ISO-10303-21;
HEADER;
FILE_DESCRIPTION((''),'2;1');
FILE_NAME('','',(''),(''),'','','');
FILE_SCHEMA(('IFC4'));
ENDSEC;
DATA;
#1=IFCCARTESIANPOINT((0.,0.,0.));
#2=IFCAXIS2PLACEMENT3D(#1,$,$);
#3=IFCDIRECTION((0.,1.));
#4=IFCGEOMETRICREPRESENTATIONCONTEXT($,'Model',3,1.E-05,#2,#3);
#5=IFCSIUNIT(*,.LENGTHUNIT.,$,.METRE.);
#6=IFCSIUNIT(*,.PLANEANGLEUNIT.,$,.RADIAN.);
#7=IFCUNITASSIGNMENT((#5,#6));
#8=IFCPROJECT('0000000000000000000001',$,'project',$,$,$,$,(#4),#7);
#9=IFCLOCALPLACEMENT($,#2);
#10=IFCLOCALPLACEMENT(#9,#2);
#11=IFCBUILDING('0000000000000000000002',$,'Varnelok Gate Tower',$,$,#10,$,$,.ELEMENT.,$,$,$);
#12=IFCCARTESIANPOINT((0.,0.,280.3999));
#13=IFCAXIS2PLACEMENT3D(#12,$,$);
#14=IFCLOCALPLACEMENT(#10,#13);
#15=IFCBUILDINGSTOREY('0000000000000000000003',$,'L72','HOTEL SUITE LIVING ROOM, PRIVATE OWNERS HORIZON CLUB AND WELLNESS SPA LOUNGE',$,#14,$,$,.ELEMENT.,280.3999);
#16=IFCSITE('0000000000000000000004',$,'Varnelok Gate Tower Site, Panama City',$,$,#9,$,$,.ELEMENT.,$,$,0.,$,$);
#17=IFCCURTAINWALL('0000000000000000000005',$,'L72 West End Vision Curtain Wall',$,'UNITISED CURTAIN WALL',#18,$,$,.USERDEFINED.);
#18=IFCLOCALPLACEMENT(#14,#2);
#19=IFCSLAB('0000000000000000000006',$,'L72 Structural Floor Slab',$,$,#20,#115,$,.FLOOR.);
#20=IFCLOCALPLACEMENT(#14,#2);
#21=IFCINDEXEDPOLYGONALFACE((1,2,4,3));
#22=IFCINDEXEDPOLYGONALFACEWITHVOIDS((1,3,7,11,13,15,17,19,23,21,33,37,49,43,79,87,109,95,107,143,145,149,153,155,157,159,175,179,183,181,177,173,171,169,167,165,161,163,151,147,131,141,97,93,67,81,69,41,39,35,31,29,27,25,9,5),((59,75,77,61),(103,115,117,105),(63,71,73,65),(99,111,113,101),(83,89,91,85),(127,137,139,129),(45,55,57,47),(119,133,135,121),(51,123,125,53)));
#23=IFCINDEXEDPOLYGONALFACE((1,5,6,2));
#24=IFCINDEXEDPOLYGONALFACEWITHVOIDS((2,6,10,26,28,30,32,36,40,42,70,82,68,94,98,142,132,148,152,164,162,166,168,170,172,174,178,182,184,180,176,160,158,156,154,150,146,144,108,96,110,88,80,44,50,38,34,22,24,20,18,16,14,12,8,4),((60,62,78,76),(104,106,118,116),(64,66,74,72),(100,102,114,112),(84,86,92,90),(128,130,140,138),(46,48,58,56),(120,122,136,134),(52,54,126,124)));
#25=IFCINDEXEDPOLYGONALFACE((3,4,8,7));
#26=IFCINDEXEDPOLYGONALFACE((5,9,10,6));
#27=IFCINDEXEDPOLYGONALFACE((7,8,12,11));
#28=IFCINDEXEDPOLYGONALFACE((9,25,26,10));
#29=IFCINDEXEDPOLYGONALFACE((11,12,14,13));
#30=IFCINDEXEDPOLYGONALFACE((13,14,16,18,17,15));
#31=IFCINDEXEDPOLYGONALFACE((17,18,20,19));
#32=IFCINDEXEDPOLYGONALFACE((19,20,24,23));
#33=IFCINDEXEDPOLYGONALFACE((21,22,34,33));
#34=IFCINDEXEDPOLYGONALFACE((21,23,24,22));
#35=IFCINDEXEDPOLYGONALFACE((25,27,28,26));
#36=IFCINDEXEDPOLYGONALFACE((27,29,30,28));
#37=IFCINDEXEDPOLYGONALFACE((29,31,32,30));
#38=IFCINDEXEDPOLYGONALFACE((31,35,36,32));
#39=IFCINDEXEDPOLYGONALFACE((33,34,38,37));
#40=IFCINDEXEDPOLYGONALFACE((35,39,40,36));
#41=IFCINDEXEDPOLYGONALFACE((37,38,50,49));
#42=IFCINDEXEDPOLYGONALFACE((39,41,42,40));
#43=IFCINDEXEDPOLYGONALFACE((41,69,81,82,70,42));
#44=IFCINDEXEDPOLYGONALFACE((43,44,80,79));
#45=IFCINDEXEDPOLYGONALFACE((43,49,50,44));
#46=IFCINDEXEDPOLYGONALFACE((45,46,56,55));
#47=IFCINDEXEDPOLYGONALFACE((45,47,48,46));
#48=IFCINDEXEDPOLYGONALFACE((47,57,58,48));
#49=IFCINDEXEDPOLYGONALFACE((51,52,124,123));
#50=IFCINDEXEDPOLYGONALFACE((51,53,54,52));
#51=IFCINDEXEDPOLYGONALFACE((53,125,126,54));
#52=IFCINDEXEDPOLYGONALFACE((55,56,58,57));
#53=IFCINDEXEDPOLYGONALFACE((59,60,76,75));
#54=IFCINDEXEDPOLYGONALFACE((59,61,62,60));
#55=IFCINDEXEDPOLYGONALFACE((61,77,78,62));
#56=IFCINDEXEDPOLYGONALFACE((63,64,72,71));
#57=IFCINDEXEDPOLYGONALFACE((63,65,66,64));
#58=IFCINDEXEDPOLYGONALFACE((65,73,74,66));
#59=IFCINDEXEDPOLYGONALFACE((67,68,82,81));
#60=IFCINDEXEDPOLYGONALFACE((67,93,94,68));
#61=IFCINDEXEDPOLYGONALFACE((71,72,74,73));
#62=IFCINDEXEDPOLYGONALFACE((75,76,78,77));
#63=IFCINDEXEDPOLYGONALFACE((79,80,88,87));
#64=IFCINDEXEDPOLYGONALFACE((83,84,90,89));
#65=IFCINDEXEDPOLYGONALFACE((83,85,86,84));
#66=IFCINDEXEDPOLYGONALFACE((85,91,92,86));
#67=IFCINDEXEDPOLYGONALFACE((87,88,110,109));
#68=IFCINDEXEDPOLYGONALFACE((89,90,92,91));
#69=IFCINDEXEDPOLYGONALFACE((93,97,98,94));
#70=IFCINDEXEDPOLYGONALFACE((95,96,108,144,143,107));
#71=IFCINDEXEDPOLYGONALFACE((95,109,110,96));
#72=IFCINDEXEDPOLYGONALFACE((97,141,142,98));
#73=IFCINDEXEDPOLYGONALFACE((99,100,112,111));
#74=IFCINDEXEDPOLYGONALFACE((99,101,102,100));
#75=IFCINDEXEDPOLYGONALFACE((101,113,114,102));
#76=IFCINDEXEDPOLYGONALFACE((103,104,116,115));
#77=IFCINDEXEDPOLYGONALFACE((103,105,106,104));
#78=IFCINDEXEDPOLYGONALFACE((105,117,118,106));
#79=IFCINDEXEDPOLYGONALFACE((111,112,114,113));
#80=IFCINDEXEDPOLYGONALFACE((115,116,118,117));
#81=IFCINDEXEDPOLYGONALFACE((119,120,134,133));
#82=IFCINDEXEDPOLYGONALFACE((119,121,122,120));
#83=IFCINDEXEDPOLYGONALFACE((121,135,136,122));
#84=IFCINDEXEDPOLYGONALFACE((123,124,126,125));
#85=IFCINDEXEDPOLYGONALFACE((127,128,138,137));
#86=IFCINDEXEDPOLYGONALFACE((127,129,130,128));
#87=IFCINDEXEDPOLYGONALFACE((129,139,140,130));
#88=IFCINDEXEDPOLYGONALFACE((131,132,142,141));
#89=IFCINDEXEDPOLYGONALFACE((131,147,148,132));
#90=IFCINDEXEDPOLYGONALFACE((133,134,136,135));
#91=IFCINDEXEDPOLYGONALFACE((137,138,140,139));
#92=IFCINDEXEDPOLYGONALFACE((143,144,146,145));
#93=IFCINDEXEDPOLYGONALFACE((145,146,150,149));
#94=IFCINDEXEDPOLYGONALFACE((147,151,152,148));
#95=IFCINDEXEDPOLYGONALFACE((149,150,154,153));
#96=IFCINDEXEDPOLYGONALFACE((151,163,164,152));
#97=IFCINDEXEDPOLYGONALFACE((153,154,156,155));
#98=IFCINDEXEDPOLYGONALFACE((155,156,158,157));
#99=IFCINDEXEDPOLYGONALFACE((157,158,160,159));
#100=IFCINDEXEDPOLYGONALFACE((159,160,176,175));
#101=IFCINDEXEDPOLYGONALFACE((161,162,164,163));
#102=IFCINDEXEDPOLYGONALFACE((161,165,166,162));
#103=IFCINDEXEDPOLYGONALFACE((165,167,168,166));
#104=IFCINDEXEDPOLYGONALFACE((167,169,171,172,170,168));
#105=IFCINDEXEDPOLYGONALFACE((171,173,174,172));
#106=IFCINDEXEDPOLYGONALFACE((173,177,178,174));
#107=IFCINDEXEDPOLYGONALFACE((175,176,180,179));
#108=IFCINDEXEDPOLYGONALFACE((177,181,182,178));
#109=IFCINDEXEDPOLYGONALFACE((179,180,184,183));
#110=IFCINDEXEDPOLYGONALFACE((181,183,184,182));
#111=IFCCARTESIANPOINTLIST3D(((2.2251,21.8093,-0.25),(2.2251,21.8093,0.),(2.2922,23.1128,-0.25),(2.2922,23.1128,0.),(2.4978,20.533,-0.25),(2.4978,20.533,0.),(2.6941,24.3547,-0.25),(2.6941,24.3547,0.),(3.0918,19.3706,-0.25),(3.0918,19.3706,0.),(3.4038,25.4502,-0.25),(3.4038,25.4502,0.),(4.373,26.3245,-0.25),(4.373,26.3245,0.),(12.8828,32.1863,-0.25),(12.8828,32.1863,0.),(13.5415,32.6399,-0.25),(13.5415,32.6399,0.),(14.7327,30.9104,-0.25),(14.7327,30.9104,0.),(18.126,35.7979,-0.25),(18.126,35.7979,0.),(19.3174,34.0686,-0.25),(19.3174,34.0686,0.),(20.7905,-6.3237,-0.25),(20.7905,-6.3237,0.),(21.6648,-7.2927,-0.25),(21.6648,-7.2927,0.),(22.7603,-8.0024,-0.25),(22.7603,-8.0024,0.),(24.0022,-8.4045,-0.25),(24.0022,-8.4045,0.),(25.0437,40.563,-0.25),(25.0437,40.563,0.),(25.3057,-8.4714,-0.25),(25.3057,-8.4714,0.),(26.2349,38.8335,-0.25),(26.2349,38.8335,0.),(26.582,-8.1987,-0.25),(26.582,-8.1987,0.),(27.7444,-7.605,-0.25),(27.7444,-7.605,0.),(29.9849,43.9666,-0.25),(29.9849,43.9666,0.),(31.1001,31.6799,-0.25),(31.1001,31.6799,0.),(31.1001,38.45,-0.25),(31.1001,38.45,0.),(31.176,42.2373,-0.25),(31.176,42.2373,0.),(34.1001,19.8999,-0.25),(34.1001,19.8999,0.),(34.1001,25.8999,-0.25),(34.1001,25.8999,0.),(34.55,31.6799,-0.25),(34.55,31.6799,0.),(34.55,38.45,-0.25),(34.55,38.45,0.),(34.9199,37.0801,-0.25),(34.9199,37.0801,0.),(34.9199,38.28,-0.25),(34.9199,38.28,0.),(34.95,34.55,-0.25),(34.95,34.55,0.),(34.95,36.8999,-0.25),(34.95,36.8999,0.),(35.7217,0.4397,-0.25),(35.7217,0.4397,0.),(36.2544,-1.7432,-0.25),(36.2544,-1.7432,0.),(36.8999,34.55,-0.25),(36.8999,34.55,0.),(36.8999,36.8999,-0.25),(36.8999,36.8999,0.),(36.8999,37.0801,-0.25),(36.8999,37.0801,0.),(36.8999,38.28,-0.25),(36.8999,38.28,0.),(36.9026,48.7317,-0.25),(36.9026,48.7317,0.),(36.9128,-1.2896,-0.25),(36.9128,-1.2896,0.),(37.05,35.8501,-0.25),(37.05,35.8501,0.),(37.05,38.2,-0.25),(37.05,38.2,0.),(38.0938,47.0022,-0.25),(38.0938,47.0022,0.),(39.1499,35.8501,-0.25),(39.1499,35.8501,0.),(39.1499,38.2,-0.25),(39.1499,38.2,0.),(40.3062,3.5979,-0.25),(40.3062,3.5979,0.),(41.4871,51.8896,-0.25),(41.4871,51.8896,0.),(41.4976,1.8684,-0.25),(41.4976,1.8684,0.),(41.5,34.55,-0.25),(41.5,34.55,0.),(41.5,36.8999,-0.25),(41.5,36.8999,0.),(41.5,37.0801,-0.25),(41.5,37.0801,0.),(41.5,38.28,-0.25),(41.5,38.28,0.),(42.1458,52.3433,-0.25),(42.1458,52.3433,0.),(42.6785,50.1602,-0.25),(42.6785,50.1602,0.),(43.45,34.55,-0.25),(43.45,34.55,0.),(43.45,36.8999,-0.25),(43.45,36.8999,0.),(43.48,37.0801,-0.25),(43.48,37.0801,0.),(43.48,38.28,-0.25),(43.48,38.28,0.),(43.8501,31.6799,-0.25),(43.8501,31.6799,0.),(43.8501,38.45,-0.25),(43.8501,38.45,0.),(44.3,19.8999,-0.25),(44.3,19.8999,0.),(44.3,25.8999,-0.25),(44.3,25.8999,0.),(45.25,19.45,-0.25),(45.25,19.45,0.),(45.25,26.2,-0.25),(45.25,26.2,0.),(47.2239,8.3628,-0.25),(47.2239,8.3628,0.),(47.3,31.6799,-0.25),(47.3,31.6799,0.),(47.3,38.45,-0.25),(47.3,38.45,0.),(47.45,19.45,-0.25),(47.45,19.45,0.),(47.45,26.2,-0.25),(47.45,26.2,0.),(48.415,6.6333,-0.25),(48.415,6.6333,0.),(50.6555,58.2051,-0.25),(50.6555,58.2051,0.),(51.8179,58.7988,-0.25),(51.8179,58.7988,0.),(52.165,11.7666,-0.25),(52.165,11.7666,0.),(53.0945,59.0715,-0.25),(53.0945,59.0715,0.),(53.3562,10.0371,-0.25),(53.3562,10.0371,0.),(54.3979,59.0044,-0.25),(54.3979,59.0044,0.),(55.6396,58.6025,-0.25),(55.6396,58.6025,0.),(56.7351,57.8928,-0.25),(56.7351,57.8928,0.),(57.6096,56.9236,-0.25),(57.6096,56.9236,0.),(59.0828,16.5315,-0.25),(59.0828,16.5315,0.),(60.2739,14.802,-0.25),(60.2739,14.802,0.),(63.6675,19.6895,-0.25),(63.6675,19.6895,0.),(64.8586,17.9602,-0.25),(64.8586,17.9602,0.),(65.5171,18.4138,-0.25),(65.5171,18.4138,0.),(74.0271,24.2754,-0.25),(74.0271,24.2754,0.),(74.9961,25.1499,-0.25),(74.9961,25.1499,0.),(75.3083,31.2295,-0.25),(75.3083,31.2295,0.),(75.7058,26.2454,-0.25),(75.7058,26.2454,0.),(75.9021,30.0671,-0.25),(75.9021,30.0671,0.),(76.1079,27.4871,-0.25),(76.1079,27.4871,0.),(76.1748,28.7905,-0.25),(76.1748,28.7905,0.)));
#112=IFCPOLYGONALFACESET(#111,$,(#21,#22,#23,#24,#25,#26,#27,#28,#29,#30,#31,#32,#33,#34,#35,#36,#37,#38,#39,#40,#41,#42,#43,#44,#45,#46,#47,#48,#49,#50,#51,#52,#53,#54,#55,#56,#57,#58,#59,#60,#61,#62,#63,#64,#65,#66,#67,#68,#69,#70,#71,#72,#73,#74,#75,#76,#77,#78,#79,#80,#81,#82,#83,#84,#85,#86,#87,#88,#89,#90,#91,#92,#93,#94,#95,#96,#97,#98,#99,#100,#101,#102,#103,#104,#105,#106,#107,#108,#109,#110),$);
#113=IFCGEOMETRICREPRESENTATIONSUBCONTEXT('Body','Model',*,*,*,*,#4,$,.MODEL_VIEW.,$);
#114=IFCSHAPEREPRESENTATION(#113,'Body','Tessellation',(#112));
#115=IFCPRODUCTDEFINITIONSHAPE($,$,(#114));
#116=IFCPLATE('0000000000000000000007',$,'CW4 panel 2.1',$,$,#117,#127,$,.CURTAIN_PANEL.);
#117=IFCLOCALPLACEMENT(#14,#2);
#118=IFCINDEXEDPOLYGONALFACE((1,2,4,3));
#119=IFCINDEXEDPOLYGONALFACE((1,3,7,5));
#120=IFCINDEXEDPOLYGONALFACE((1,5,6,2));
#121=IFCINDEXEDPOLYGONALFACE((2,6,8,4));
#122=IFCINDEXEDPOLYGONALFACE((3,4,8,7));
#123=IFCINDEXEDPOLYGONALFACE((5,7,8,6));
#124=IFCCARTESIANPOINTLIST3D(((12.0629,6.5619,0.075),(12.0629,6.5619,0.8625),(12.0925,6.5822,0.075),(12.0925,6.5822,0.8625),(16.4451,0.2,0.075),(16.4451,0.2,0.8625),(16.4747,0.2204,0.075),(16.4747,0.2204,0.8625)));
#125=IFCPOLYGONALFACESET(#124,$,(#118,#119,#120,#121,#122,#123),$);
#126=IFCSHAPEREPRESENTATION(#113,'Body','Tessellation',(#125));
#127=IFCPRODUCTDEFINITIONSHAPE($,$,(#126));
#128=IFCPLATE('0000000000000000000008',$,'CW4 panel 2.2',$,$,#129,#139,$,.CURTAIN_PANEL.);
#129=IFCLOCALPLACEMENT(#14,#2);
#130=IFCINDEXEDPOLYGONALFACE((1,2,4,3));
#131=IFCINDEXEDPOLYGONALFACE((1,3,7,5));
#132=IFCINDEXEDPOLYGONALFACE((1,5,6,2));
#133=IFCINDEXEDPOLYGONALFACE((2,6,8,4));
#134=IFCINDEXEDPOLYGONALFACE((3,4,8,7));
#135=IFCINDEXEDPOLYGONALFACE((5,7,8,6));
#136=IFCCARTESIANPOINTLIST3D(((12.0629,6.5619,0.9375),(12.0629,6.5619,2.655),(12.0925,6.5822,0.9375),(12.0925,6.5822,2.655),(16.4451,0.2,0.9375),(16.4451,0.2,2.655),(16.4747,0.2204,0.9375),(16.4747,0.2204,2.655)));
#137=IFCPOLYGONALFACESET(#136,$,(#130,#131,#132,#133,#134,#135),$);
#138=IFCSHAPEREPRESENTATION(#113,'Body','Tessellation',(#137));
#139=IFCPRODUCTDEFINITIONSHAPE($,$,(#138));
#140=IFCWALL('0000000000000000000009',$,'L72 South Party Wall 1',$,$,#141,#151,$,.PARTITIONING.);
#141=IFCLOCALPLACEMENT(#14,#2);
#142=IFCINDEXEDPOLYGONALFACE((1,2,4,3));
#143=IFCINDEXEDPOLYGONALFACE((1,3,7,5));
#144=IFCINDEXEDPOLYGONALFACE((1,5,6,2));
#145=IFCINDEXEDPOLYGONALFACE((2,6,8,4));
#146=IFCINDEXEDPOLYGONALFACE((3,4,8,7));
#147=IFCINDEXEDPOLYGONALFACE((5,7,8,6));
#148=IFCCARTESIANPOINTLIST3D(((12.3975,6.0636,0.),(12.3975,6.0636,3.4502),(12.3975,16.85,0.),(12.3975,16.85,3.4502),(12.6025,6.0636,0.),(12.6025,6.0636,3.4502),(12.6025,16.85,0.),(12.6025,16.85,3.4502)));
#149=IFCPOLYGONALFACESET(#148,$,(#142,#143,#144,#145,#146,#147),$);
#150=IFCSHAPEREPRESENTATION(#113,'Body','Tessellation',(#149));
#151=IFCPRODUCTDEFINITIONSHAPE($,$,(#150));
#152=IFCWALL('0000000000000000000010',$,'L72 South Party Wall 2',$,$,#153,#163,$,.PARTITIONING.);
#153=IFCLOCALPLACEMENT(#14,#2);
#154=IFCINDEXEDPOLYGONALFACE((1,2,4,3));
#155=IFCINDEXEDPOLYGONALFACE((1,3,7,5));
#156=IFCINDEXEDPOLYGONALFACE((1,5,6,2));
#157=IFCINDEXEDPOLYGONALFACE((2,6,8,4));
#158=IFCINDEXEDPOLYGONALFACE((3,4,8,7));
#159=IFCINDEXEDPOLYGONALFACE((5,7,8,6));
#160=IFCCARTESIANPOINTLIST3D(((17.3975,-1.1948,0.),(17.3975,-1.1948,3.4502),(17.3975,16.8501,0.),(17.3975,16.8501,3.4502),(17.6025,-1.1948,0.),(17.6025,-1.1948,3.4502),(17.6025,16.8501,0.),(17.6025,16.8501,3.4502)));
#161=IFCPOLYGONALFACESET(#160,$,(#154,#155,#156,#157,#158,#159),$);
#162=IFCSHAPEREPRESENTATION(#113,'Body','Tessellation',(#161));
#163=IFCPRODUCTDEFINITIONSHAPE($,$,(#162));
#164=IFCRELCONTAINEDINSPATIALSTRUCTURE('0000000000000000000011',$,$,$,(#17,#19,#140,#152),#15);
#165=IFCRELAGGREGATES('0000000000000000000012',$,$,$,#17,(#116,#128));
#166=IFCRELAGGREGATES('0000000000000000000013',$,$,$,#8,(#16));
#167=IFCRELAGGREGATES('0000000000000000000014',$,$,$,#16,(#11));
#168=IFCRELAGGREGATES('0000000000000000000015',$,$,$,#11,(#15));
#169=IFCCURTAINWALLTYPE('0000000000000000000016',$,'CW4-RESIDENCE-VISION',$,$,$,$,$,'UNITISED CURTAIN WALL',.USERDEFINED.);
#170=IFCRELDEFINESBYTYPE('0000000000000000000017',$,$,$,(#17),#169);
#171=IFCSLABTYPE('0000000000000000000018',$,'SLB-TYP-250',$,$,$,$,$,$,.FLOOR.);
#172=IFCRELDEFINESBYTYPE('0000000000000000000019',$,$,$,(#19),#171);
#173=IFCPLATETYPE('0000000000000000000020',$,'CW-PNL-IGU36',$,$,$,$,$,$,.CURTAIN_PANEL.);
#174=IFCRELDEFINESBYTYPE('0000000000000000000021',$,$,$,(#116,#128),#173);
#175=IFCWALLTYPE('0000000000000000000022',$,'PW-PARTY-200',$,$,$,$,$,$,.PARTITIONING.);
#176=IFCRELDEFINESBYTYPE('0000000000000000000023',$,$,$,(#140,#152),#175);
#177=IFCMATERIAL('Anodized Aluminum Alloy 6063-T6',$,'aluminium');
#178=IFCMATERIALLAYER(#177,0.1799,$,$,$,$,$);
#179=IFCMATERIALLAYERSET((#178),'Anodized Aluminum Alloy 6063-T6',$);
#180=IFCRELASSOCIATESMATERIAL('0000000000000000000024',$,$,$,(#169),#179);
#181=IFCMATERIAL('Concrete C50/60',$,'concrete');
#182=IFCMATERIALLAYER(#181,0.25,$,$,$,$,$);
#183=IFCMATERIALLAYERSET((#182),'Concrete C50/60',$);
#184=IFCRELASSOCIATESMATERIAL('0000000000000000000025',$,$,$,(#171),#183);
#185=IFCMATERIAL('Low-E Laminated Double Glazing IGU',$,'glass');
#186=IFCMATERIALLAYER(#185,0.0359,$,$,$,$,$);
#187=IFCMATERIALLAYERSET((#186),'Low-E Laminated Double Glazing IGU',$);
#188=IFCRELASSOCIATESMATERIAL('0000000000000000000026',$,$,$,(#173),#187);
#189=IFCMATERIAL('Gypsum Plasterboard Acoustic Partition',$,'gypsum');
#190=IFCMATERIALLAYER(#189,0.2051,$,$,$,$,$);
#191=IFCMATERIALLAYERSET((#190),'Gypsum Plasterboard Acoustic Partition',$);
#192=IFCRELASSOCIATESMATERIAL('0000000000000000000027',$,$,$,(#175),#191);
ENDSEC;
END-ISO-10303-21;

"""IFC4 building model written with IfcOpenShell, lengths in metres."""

from ifc_helpers import new_model, si_unit, direction, frame, frame_2d, origin, origin_2d, place, context, subcontext, project, spatial, polyline, rectangle, outline, extrude, source, transform, mapped, material, layer, layer_set, type_object, element, aggregate, save


model = new_model("IFC4")

# Units and contexts
model_context = context("Model", 3, precision=1e-05, world=origin(), true_north=direction((0.0, 1.0)))
body_context = subcontext(model_context, "Body", "Model", "MODEL_VIEW")
ifc_project = project(units=[si_unit("LENGTHUNIT", "METRE"), si_unit("PLANEANGLEUNIT", "RADIAN")], contexts=[model_context])

# Site, building, storey
site_placement = place(None, origin())
site = spatial("IfcSite", under=ifc_project, at=site_placement, Name="Varnelok Gate Tower Site, Panama City", CompositionType="ELEMENT", RefElevation=0.0)
building_placement = place(site_placement, origin())
building = spatial("IfcBuilding", under=site, at=building_placement, Name="Varnelok Gate Tower", CompositionType="ELEMENT")
storey_placement = place(building_placement, frame((0.0, 0.0, 280.3999)))
storey = spatial("IfcBuildingStorey", under=building, at=storey_placement, Name="L72", Description="HOTEL SUITE LIVING ROOM, PRIVATE OWNERS HORIZON CLUB AND WELLNESS SPA LOUNGE", CompositionType="ELEMENT", Elevation=280.3999)

# Curtain wall
ifc_material_1 = material(Name="Anodized Aluminum Alloy 6063-T6", Category="aluminium")
ifc_layer_1 = layer(ifc_material_1, 0.1799)
ifc_layer_set_1 = layer_set([ifc_layer_1], Name="Anodized Aluminum Alloy 6063-T6")
curtain_wall_type = type_object("IfcCurtainWallType", Name="CW4-RESIDENCE-VISION", ElementType="UNITISED CURTAIN WALL", PredefinedType="USERDEFINED", material=ifc_layer_set_1)
curtain_wall_placement = place(storey_placement, origin())
curtain_wall = element("IfcCurtainWall", 1, at=curtain_wall_placement, inside=storey, type_object=curtain_wall_type, Name="L72 West End Vision Curtain Wall", ObjectType="UNITISED CURTAIN WALL", PredefinedType="USERDEFINED")

# Shared definitions
ifc_material_2 = material(Name="Concrete C50/60", Category="concrete")

# Slab
ifc_layer_2 = layer(ifc_material_2, 0.25)
ifc_layer_set_2 = layer_set([ifc_layer_2], Name="Concrete C50/60")
slab_type_1 = type_object("IfcSlabType", Name="SLB-TYP-250", PredefinedType="FLOOR", material=ifc_layer_set_2)
slab_1_placement = place(storey_placement, frame((0.0, 0.0, -0.25)))
element("IfcSlab", 2, at=slab_1_placement, inside=storey, type_object=slab_type_1, Name="L72 Structural Floor Slab", PredefinedType="FLOOR", context=body_context, shape_type="SweptSolid", body=[
    extrude(outline(polyline([(20.7905, -6.3237), (21.6648, -7.2927), (22.7603, -8.0024), (24.0022, -8.4045), (25.3057, -8.4714), (26.582, -8.1987), (27.7444, -7.605), (36.2544, -1.7432), (36.9128, -1.2896), (35.7217, 0.4397), (40.3062, 3.5979), (41.4976, 1.8684), (48.415, 6.6333), (47.2239, 8.3628), (52.165, 11.7666), (53.3562, 10.0371), (60.2739, 14.802), (59.0828, 16.5315), (63.6675, 19.6895), (64.8586, 17.9602), (65.5171, 18.4138), (74.0271, 24.2754), (74.9961, 25.1499), (75.7058, 26.2454), (76.1079, 27.4871), (76.1748, 28.7905), (75.9021, 30.0671), (75.3083, 31.2295), (57.6096, 56.9236), (56.7351, 57.8928), (55.6396, 58.6025), (54.3979, 59.0044), (53.0945, 59.0715), (51.8179, 58.7988), (50.6555, 58.2051), (42.1458, 52.3433), (41.4871, 51.8896), (42.6785, 50.1602), (38.0938, 47.0022), (36.9026, 48.7317), (29.9849, 43.9666), (31.176, 42.2373), (26.2349, 38.8335), (25.0437, 40.563), (18.126, 35.7979), (19.3174, 34.0686), (14.7327, 30.9104), (13.5415, 32.6399), (12.8828, 32.1863), (4.373, 26.3245), (3.4038, 25.4502), (2.6941, 24.3547), (2.2922, 23.1128), (2.2251, 21.8093), (2.4978, 20.533), (3.0918, 19.3706), (20.7905, -6.3237)]), holes=[polyline([(34.55, 31.6799), (34.55, 38.45), (31.1001, 38.45), (31.1001, 31.6799), (34.55, 31.6799)]), polyline([(47.3, 31.6799), (47.3, 38.45), (43.8501, 38.45), (43.8501, 31.6799), (47.3, 31.6799)]), polyline([(34.95, 34.55), (36.8999, 34.55), (36.8999, 36.8999), (34.95, 36.8999), (34.95, 34.55)]), polyline([(41.5, 34.55), (43.45, 34.55), (43.45, 36.8999), (41.5, 36.8999), (41.5, 34.55)]), polyline([(37.05, 35.8501), (39.1499, 35.8501), (39.1499, 38.2), (37.05, 38.2), (37.05, 35.8501)]), polyline([(45.25, 19.45), (47.45, 19.45), (47.45, 26.2), (45.25, 26.2), (45.25, 19.45)]), polyline([(34.9199, 37.0801), (36.8999, 37.0801), (36.8999, 38.28), (34.9199, 38.28), (34.9199, 37.0801)]), polyline([(41.5, 37.0801), (43.48, 37.0801), (43.48, 38.28), (41.5, 38.28), (41.5, 37.0801)]), polyline([(34.1001, 19.8999), (44.3, 19.8999), (44.3, 25.8999), (34.1001, 25.8999), (34.1001, 19.8999)])]), origin(), (0.0, 0.0, 1.0), 0.25),
])

# Plates
ifc_material_3 = material(Name="Low-E Laminated Double Glazing IGU", Category="glass")
ifc_layer_3 = layer(ifc_material_3, 0.0359)
ifc_layer_set_3 = layer_set([ifc_layer_3], Name="Low-E Laminated Double Glazing IGU")
plate_type = type_object("IfcPlateType", Name="CW-PNL-IGU36", PredefinedType="CURTAIN_PANEL", material=ifc_layer_set_3)
shared_shape_1 = source(origin(), body_context, "Body", "SweptSolid", [
    extrude(rectangle(XDim=7.7251, YDim=0.0359, at=origin_2d()), origin(), (0.0, 0.0, 1.0), 0.7876),
])
plate_1_placement = place(storey_placement, frame((14.2688, 3.3911, 0.075), z_axis=(0.0, 0.0, 1.0), x_axis=(-0.567269, 0.823532, 0.0)))
plate_1 = element("IfcPlate", 3, at=plate_1_placement, type_object=plate_type, Name="CW4 panel 2.1", PredefinedType="CURTAIN_PANEL", context=body_context, shape_type="MappedRepresentation", body=[
    mapped(shared_shape_1, transform((0.0, 0.0, 0.0), scale=1.0)),
])
shared_shape_2 = source(origin(), body_context, "Body", "SweptSolid", [
    extrude(rectangle(XDim=7.7251, YDim=0.0359, at=origin_2d()), origin(), (0.0, 0.0, 1.0), 1.7175),
])
plate_2_placement = place(storey_placement, frame((14.2688, 3.3911, 0.9375), z_axis=(0.0, 0.0, 1.0), x_axis=(-0.567269, 0.823532, 0.0)))
plate_2 = element("IfcPlate", 4, at=plate_2_placement, type_object=plate_type, Name="CW4 panel 2.2", PredefinedType="CURTAIN_PANEL", context=body_context, shape_type="MappedRepresentation", body=[
    mapped(shared_shape_2, transform((0.0, 0.0, 0.0), scale=1.0)),
])
aggregate(curtain_wall, [plate_1, plate_2])

# Walls
ifc_material_4 = material(Name="Gypsum Plasterboard Acoustic Partition", Category="gypsum")
ifc_layer_4 = layer(ifc_material_4, 0.2051)
ifc_layer_set_4 = layer_set([ifc_layer_4], Name="Gypsum Plasterboard Acoustic Partition")
wall_type = type_object("IfcWallType", Name="PW-PARTY-200", PredefinedType="PARTITIONING", material=ifc_layer_set_4)
wall_1_placement = place(storey_placement, frame((12.5, 6.0637, 0.0), z_axis=(0.0, 0.0, 1.0), x_axis=(0.0, 1.0, 0.0)))
element("IfcWall", 5, at=wall_1_placement, inside=storey, type_object=wall_type, Name="L72 South Party Wall 1", PredefinedType="PARTITIONING", context=body_context, shape_type="SweptSolid", body=[
    extrude(rectangle(XDim=10.7864, YDim=0.2051, at=frame_2d((5.3931, 0.0))), origin(), (0.0, 0.0, 1.0), 3.4502),
])
wall_2_placement = place(storey_placement, frame((17.5, -1.1948, 0.0), z_axis=(0.0, 0.0, 1.0), x_axis=(0.0, 1.0, 0.0)))
element("IfcWall", 6, at=wall_2_placement, inside=storey, type_object=wall_type, Name="L72 South Party Wall 2", PredefinedType="PARTITIONING", context=body_context, shape_type="SweptSolid", body=[
    extrude(rectangle(XDim=18.0449, YDim=0.2051, at=frame_2d((9.0225, 0.0))), origin(), (0.0, 0.0, 1.0), 3.4502),
])

save(model, "model.ifc")
